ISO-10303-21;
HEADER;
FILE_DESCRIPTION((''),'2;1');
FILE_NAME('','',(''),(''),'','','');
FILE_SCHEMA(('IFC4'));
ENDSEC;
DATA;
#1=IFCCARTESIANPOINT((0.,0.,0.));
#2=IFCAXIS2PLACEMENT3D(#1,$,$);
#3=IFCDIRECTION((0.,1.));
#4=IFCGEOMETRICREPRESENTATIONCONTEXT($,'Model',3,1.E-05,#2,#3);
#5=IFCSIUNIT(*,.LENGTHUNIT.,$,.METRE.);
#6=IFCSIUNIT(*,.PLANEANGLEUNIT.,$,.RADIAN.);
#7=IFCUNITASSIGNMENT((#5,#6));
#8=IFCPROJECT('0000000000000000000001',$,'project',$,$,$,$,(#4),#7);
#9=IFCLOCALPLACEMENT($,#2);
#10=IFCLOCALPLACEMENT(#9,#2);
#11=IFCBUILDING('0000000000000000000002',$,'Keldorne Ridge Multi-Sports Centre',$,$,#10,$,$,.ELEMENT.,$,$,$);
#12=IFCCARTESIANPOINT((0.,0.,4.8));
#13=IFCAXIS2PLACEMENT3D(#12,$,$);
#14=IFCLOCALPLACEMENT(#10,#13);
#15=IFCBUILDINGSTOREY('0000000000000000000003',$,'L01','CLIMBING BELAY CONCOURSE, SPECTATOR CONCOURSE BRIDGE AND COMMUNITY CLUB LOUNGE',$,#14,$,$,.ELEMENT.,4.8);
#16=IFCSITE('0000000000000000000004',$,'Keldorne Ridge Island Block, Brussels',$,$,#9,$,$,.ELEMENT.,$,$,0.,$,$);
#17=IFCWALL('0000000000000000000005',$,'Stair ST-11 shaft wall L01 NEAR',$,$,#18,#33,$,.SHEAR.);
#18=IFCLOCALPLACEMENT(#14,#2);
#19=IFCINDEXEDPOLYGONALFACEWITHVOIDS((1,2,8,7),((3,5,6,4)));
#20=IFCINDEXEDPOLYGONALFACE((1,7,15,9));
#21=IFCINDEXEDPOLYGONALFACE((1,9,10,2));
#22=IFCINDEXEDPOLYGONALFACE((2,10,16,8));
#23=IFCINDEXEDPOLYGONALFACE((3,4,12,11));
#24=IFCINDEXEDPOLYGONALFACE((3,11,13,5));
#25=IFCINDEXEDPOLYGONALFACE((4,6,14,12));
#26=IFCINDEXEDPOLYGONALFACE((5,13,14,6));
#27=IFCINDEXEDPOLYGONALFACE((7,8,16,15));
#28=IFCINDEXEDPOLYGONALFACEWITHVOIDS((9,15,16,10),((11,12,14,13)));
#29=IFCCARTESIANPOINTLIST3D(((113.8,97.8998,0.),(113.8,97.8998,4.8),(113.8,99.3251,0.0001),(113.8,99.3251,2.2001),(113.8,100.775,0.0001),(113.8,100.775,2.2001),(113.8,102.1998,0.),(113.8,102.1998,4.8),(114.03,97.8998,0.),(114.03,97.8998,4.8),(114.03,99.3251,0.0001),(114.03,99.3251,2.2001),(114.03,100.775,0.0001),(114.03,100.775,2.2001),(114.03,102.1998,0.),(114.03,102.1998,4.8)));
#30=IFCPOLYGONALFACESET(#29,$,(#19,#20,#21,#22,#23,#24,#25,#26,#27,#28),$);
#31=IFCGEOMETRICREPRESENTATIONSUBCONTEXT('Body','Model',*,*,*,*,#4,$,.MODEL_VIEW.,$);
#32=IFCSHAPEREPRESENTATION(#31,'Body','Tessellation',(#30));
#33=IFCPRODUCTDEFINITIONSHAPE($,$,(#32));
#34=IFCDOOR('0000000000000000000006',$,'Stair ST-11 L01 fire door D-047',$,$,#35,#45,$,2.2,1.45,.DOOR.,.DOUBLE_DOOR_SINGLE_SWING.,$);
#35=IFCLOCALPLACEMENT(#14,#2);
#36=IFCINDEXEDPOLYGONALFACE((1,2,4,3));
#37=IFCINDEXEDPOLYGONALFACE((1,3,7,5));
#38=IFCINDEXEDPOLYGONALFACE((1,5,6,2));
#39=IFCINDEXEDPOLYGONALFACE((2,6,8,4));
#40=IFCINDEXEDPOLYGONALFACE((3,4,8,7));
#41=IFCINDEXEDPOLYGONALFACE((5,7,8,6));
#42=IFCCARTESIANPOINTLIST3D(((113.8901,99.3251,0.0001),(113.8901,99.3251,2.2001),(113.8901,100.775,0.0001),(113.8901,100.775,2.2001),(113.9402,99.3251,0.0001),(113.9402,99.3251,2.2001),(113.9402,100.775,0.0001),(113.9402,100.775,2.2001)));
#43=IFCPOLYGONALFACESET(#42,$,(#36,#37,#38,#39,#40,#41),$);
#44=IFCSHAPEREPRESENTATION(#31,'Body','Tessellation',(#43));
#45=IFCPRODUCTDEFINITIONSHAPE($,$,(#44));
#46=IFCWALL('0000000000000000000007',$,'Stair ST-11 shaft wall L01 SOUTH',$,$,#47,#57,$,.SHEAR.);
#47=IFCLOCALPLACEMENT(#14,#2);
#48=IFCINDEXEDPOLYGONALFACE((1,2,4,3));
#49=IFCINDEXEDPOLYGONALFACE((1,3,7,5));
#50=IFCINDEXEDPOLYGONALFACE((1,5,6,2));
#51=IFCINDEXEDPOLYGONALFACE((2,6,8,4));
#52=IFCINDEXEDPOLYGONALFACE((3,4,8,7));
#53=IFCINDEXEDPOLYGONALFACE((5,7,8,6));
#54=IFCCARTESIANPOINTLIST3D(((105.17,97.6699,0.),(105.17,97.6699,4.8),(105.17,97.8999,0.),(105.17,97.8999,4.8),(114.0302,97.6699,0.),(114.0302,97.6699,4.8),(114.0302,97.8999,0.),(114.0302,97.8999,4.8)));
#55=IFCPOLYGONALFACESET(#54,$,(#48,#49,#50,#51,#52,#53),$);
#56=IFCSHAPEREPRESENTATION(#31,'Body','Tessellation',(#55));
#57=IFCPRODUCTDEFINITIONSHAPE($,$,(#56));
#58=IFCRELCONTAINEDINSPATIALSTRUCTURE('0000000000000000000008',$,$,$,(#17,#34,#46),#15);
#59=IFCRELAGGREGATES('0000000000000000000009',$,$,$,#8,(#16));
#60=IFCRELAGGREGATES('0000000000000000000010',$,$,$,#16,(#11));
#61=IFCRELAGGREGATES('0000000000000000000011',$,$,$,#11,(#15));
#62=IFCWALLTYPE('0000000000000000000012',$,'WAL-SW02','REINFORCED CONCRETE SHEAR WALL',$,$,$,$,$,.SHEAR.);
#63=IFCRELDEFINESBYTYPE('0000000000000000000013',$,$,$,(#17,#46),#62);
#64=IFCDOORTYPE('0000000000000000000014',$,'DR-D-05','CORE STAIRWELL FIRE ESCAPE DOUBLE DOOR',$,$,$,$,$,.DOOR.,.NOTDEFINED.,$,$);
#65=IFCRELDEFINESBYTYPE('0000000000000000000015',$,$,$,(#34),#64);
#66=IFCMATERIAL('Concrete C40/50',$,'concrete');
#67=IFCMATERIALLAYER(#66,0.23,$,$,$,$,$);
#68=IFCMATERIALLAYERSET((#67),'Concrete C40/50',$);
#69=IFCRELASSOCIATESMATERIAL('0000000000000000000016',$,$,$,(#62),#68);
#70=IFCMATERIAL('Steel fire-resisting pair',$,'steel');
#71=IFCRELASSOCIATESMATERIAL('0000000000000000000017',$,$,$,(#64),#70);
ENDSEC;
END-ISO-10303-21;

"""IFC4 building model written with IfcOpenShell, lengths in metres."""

from ifc_helpers import new_model, si_unit, direction, frame, frame_2d, origin, place, context, subcontext, project, spatial, rectangle, extrude, material, layer, layer_set, type_object, element, fill, save


model = new_model("IFC4")

# Units and contexts
model_context = context("Model", 3, precision=1e-05, world=origin(), true_north=direction((0.0, 1.0)))
body_context = subcontext(model_context, "Body", "Model", "MODEL_VIEW")
ifc_project = project(units=[si_unit("LENGTHUNIT", "METRE"), si_unit("PLANEANGLEUNIT", "RADIAN")], contexts=[model_context])

# Site, building, storey
site_placement = place(None, origin())
site = spatial("IfcSite", under=ifc_project, at=site_placement, Name="Keldorne Ridge Island Block, Brussels", CompositionType="ELEMENT", RefElevation=0.0)
building_placement = place(site_placement, origin())
building = spatial("IfcBuilding", under=site, at=building_placement, Name="Keldorne Ridge Multi-Sports Centre", CompositionType="ELEMENT")
storey_placement = place(building_placement, frame((0.0, 0.0, 4.8)))
storey = spatial("IfcBuildingStorey", under=building, at=storey_placement, Name="L01", Description="CLIMBING BELAY CONCOURSE, SPECTATOR CONCOURSE BRIDGE AND COMMUNITY CLUB LOUNGE", CompositionType="ELEMENT", Elevation=4.8)

# Wall, opening, door
ifc_material_1 = material(Name="Concrete C40/50", Category="concrete")
ifc_layer_1 = layer(ifc_material_1, 0.23)
ifc_layer_set_1 = layer_set([ifc_layer_1], Name="Concrete C40/50")
wall_type_1 = type_object("IfcWallType", Name="WAL-SW02", Description="REINFORCED CONCRETE SHEAR WALL", PredefinedType="SHEAR", material=ifc_layer_set_1)
wall_1_placement = place(storey_placement, frame((113.915, 97.8999, 0.0), z_axis=(0.0, 0.0, 1.0), x_axis=(0.0, 1.0, 0.0)))
wall_1 = element("IfcWall", 1, at=wall_1_placement, inside=storey, type_object=wall_type_1, Name="Stair ST-11 shaft wall L01 NEAR", PredefinedType="SHEAR", context=body_context, shape_type="SweptSolid", body=[
    extrude(rectangle(XDim=4.3, YDim=0.23, at=frame_2d((2.1499, 0.0))), origin(), (0.0, 0.0, 1.0), 4.8),
])
opening_1_placement = place(wall_1_placement, frame((1.425, 0.0, 0.0)))
opening_1 = element("IfcOpeningElement", 2, at=opening_1_placement, cuts=wall_1, PredefinedType="OPENING", context=body_context, shape_type="SweptSolid", body=[
    extrude(rectangle(XDim=1.45, YDim=2.2, at=frame_2d((0.7251, 1.1001))), frame((0.0, 0.125, 0.0), z_axis=(0.0, -1.0, 0.0), x_axis=(1.0, 0.0, 0.0)), (0.0, 0.0, 1.0), 0.25),
])
ifc_material_2 = material(Name="Steel fire-resisting pair", Category="steel")
door_type_1 = type_object("IfcDoorType", Name="DR-D-05", Description="CORE STAIRWELL FIRE ESCAPE DOUBLE DOOR", OperationType="NOTDEFINED", PredefinedType="DOOR", material=ifc_material_2)
door_1_placement = place(opening_1_placement, origin())
door_1 = element("IfcDoor", 3, at=door_1_placement, inside=storey, type_object=door_type_1, Name="Stair ST-11 L01 fire door D-047", OperationType="DOUBLE_DOOR_SINGLE_SWING", OverallHeight=2.2, OverallWidth=1.45, PredefinedType="DOOR", context=body_context, shape_type="SweptSolid", body=[
    extrude(rectangle(XDim=1.45, YDim=2.2, at=frame_2d((0.7251, 1.1001))), frame((0.0, 0.0249, 0.0), z_axis=(0.0, -1.0, 0.0), x_axis=(1.0, 0.0, 0.0)), (0.0, 0.0, 1.0), 0.05),
])
fill(opening_1, door_1)

# Wall
wall_2_placement = place(storey_placement, frame((105.1699, 97.7849, 0.0), z_axis=(0.0, 0.0, 1.0), x_axis=(1.0, 0.0, 0.0)))
element("IfcWall", 4, at=wall_2_placement, inside=storey, type_object=wall_type_1, Name="Stair ST-11 shaft wall L01 SOUTH", PredefinedType="SHEAR", context=body_context, shape_type="SweptSolid", body=[
    extrude(rectangle(XDim=8.8601, YDim=0.23, at=frame_2d((4.4302, 0.0))), origin(), (0.0, 0.0, 1.0), 4.8),
])

save(model, "model.ifc")
